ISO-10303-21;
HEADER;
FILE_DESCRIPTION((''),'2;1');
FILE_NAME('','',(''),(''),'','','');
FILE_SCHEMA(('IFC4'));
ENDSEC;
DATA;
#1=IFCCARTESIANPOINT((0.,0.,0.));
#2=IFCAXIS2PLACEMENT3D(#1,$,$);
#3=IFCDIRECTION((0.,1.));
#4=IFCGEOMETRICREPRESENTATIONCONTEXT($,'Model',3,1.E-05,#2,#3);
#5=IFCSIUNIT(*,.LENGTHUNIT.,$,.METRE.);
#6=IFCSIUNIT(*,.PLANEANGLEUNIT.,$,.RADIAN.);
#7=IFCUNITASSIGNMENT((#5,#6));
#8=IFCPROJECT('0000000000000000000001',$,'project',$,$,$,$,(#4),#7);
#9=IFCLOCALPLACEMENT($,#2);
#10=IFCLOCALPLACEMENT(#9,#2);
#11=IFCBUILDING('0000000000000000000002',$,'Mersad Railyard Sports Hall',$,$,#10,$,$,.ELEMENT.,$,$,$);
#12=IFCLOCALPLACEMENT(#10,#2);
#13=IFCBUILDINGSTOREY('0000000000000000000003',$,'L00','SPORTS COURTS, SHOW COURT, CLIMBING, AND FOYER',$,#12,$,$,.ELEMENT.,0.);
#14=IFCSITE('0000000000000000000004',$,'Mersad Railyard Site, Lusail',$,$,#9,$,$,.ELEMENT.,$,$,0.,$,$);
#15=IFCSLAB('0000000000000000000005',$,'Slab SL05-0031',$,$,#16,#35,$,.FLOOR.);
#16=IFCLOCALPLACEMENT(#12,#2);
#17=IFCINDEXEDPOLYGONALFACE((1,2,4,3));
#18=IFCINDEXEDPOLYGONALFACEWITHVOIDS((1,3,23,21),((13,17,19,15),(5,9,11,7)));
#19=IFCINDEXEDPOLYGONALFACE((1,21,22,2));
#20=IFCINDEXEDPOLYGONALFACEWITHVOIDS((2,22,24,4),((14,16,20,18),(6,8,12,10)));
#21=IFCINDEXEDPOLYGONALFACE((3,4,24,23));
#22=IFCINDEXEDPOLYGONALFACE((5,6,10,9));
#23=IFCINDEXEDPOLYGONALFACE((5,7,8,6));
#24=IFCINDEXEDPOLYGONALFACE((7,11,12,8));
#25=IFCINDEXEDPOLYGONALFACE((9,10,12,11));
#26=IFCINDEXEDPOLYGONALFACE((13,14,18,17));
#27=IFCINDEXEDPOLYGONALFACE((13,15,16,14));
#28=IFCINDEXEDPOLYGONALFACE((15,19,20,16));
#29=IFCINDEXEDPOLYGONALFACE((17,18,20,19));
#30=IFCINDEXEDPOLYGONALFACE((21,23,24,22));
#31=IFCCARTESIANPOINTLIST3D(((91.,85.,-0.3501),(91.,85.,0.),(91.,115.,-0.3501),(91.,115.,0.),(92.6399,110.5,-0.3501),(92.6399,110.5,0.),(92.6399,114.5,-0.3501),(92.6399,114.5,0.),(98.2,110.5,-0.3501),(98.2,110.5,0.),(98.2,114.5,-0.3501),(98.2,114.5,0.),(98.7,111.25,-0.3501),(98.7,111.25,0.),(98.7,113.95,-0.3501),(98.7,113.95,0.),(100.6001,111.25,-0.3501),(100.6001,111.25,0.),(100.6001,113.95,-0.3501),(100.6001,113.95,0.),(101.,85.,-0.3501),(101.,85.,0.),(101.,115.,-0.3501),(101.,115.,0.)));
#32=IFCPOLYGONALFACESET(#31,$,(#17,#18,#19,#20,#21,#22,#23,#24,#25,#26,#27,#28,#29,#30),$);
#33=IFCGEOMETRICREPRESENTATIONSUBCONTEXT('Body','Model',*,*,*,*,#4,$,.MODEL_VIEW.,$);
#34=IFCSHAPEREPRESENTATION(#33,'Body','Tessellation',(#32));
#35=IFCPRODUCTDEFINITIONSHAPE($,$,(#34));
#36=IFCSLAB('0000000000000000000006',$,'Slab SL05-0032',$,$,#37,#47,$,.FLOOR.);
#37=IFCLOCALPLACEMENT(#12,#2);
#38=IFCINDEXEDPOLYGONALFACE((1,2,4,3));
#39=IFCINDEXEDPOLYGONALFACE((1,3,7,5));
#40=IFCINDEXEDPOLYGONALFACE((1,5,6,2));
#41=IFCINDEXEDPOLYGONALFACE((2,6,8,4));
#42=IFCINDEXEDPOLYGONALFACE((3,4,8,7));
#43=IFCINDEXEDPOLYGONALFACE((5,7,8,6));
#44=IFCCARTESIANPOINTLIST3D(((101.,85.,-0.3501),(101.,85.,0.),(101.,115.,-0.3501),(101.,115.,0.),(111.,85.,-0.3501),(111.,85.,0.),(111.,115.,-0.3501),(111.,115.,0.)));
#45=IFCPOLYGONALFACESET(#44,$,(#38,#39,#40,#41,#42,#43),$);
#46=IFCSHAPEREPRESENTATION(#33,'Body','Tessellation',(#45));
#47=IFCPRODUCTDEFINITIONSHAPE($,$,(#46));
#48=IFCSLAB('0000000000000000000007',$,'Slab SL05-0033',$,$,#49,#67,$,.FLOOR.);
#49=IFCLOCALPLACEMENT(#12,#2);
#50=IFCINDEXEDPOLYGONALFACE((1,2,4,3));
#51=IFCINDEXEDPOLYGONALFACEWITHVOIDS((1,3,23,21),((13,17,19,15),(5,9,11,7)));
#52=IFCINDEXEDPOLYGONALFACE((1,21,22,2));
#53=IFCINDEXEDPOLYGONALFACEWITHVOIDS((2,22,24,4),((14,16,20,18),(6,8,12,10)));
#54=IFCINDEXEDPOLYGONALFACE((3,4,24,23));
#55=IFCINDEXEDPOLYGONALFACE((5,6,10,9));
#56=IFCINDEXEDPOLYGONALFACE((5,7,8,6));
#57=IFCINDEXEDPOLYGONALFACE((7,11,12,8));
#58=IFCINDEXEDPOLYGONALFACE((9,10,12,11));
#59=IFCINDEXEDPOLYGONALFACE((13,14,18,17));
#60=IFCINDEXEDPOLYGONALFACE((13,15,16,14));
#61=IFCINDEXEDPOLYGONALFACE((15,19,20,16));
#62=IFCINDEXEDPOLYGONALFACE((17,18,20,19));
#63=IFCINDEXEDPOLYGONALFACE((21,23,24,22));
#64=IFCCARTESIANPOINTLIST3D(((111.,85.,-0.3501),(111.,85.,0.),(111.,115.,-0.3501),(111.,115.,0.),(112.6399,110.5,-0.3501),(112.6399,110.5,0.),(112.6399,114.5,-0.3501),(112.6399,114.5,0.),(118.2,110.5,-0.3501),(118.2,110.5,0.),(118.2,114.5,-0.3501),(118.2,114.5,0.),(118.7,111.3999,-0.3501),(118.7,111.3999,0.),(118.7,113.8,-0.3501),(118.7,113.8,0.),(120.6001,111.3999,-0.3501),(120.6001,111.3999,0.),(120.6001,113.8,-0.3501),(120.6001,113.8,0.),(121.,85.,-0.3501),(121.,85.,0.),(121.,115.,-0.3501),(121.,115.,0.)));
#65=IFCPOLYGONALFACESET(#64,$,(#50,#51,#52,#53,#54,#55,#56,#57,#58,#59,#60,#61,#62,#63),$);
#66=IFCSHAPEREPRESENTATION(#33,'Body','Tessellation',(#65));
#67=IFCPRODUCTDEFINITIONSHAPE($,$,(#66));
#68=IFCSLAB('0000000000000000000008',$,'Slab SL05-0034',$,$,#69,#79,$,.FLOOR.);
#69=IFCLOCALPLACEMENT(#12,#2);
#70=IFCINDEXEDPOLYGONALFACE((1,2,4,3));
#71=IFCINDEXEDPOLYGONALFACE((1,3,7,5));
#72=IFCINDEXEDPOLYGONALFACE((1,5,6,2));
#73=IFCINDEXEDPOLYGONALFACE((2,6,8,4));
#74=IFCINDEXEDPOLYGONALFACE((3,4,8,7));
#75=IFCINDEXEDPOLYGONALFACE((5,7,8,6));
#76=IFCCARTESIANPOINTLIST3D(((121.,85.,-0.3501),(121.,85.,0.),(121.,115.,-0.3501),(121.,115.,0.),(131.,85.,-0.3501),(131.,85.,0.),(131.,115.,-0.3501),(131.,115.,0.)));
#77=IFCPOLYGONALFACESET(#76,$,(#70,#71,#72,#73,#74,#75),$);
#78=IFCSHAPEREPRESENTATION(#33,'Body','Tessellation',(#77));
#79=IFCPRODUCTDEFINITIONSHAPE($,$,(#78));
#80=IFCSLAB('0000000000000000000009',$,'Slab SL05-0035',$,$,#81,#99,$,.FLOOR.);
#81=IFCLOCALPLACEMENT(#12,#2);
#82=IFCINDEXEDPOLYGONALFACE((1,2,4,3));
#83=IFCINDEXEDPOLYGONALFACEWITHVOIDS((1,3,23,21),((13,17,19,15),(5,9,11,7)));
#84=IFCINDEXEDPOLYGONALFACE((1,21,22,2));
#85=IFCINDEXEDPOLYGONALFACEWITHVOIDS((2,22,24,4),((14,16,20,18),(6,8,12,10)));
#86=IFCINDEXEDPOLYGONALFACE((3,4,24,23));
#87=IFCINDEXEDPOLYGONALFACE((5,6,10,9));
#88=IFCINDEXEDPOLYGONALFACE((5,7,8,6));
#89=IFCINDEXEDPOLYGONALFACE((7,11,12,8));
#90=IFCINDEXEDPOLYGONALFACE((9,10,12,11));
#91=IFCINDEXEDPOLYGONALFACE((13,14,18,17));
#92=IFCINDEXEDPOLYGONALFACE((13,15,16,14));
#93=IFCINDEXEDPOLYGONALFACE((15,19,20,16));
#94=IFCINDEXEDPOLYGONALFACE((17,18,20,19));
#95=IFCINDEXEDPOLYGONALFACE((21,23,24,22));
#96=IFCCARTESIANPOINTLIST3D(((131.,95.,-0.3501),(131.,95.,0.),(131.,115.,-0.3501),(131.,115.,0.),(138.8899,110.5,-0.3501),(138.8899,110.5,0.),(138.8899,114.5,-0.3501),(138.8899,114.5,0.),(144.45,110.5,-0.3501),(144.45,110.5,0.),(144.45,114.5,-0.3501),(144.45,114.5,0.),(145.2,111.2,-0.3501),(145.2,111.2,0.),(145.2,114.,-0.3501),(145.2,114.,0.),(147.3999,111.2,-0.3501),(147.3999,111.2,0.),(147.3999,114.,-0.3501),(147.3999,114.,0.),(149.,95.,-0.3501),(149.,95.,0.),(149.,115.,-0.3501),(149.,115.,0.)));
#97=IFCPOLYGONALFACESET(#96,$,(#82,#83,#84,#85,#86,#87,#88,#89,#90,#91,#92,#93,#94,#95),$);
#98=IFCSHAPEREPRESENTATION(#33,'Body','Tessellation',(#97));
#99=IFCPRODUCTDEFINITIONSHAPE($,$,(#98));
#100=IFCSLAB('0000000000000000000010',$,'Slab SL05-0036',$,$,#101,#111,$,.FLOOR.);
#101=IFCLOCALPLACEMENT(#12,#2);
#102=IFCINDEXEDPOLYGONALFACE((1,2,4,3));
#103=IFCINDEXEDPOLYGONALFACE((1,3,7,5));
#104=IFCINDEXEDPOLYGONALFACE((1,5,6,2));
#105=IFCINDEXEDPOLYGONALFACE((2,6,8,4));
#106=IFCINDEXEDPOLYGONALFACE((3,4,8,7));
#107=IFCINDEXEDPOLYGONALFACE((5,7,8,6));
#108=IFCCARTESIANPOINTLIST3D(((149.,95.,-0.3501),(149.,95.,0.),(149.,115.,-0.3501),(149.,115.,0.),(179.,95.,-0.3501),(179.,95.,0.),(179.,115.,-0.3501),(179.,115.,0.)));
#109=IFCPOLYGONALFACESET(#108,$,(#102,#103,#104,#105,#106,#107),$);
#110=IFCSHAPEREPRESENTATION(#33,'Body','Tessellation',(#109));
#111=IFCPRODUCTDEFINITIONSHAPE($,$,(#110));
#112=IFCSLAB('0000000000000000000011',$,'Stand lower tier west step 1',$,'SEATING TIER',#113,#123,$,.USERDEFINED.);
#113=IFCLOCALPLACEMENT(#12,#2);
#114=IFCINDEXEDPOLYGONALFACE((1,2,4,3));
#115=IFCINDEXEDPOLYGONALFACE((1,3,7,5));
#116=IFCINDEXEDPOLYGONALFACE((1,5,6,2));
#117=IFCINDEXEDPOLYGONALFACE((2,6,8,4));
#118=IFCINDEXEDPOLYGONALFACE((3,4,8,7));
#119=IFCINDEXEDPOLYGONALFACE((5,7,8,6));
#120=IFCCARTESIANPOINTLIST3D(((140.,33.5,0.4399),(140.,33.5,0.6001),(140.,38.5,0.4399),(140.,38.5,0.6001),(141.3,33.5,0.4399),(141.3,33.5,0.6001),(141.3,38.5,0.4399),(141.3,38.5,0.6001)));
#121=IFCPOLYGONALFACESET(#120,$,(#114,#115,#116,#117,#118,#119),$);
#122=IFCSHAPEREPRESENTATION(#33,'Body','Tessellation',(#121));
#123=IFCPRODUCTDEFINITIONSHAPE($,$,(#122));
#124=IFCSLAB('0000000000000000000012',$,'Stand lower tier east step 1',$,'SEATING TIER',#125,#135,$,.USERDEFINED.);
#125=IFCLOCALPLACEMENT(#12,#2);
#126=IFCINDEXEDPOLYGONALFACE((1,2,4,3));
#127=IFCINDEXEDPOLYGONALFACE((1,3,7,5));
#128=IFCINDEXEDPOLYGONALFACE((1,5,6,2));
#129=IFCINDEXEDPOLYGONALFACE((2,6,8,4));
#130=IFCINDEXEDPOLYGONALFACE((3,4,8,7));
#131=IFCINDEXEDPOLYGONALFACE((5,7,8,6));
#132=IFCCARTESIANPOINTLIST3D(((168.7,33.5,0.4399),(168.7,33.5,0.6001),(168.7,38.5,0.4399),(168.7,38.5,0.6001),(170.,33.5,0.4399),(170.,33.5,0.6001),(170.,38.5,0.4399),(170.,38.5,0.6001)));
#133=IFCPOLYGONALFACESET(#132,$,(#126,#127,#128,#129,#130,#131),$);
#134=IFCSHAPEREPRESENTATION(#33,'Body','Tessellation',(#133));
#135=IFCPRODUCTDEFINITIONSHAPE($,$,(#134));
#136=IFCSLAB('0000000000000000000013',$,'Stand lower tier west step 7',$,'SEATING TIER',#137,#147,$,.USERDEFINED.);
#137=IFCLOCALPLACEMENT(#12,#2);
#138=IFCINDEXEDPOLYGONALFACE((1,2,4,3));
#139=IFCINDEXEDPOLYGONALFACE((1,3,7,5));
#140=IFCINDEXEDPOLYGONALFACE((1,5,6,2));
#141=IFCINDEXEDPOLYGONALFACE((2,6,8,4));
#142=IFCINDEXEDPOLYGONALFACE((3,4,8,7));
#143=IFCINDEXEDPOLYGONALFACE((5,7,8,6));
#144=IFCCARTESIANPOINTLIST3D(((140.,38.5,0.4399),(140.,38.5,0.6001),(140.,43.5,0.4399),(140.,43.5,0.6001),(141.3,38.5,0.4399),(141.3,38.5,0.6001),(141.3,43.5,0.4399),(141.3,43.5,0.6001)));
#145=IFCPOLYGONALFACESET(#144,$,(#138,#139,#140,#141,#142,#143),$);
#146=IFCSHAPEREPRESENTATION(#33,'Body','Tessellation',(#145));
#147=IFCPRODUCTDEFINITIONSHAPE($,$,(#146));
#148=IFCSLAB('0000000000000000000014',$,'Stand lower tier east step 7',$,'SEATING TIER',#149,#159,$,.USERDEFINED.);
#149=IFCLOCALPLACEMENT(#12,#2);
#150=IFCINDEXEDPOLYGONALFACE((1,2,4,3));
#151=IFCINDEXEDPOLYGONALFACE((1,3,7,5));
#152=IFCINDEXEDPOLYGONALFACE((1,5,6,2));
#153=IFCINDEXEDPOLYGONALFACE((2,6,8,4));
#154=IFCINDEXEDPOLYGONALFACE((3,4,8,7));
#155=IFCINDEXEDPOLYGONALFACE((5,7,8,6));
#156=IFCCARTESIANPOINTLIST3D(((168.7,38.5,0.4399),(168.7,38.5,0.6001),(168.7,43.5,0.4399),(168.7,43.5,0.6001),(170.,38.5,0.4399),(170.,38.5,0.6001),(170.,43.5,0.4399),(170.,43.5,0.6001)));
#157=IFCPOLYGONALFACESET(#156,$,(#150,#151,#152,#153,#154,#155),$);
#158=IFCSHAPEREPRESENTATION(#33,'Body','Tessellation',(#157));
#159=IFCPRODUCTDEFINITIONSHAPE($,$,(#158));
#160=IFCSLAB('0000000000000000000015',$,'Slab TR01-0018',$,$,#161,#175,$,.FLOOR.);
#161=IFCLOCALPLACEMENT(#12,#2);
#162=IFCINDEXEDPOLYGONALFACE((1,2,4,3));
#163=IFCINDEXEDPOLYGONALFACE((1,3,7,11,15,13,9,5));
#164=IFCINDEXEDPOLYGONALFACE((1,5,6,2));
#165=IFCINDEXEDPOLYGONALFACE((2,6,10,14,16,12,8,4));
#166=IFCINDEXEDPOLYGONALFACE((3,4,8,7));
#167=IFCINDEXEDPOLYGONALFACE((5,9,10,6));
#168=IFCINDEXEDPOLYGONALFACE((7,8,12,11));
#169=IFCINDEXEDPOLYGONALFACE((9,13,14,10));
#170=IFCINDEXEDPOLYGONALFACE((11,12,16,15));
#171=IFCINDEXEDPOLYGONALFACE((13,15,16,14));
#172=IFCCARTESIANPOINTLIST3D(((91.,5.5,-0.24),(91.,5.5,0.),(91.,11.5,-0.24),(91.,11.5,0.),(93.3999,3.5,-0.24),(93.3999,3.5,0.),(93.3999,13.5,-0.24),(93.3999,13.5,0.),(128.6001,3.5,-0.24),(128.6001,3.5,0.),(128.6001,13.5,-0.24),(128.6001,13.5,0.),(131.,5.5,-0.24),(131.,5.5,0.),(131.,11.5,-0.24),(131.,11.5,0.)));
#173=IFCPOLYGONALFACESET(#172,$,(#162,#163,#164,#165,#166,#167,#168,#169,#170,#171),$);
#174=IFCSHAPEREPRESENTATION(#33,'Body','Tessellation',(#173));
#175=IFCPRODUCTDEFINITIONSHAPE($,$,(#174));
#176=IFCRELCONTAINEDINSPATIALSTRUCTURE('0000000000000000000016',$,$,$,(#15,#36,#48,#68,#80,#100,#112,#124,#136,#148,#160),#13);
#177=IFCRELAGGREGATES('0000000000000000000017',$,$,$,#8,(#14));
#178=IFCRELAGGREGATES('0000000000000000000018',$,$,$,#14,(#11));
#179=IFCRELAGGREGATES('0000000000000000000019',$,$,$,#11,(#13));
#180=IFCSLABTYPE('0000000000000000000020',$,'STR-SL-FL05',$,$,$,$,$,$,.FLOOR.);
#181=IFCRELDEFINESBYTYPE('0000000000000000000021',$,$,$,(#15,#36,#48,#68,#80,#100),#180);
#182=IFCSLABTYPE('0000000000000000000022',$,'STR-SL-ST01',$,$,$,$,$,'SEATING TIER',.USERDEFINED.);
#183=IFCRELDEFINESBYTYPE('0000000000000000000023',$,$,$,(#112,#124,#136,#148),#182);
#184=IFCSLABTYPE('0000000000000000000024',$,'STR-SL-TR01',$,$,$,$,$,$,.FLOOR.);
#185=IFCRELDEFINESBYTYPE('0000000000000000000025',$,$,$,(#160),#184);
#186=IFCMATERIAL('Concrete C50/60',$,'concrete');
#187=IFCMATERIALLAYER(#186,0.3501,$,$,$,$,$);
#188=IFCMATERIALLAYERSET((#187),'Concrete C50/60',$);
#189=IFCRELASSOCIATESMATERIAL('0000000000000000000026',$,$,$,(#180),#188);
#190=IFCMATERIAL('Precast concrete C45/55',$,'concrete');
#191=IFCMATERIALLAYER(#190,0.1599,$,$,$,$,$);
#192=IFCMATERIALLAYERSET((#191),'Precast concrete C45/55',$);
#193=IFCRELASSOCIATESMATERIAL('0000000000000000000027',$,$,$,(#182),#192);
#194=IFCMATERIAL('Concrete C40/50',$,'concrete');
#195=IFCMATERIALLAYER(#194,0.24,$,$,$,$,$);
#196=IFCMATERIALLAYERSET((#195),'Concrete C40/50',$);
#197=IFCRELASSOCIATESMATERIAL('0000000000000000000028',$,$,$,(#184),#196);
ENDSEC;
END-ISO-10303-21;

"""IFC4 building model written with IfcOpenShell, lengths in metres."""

from ifc_helpers import new_model, si_unit, direction, frame, origin, place, context, subcontext, project, spatial, polyline, outline, extrude, material, layer, layer_set, type_object, element, save


model = new_model("IFC4")

# Units and contexts
model_context = context("Model", 3, precision=1e-05, world=origin(), true_north=direction((0.0, 1.0)))
body_context = subcontext(model_context, "Body", "Model", "MODEL_VIEW")
ifc_project = project(units=[si_unit("LENGTHUNIT", "METRE"), si_unit("PLANEANGLEUNIT", "RADIAN")], contexts=[model_context])

# Site, building, storey
site_placement = place(None, origin())
site = spatial("IfcSite", under=ifc_project, at=site_placement, Name="Mersad Railyard Site, Lusail", CompositionType="ELEMENT", RefElevation=0.0)
building_placement = place(site_placement, origin())
building = spatial("IfcBuilding", under=site, at=building_placement, Name="Mersad Railyard Sports Hall", CompositionType="ELEMENT")
storey_placement = place(building_placement, origin())
storey = spatial("IfcBuildingStorey", under=building, at=storey_placement, Name="L00", Description="SPORTS COURTS, SHOW COURT, CLIMBING, AND FOYER", CompositionType="ELEMENT", Elevation=0.0)

# Slabs
ifc_material_1 = material(Name="Concrete C40/50", Category="concrete")
ifc_material_2 = material(Name="Concrete C50/60", Category="concrete")
ifc_layer_1 = layer(ifc_material_2, 0.3501)
ifc_layer_set_1 = layer_set([ifc_layer_1], Name="Concrete C50/60")
slab_type_1 = type_object("IfcSlabType", Name="STR-SL-FL05", PredefinedType="FLOOR", material=ifc_layer_set_1)
slab_1_placement = place(storey_placement, frame((0.0, 0.0, -0.3501)))
element("IfcSlab", 1, at=slab_1_placement, inside=storey, type_object=slab_type_1, Name="Slab SL05-0031", PredefinedType="FLOOR", context=body_context, shape_type="SweptSolid", body=[
    extrude(outline(polyline([(91.0, 85.0), (101.0, 85.0), (101.0, 115.0), (91.0, 115.0), (91.0, 85.0)]), holes=[polyline([(92.6399, 110.5), (98.2, 110.5), (98.2, 114.5), (92.6399, 114.5), (92.6399, 110.5)]), polyline([(98.7, 111.25), (100.6001, 111.25), (100.6001, 113.95), (98.7, 113.95), (98.7, 111.25)])]), origin(), (0.0, 0.0, 1.0), 0.3501),
])
slab_2_placement = place(storey_placement, frame((0.0, 0.0, -0.3501)))
element("IfcSlab", 2, at=slab_2_placement, inside=storey, type_object=slab_type_1, Name="Slab SL05-0032", PredefinedType="FLOOR", context=body_context, shape_type="SweptSolid", body=[
    extrude(outline(polyline([(101.0, 85.0), (111.0, 85.0), (111.0, 115.0), (101.0, 115.0), (101.0, 85.0)])), origin(), (0.0, 0.0, 1.0), 0.3501),
])
slab_3_placement = place(storey_placement, frame((0.0, 0.0, -0.3501)))
element("IfcSlab", 3, at=slab_3_placement, inside=storey, type_object=slab_type_1, Name="Slab SL05-0033", PredefinedType="FLOOR", context=body_context, shape_type="SweptSolid", body=[
    extrude(outline(polyline([(111.0, 85.0), (121.0, 85.0), (121.0, 115.0), (111.0, 115.0), (111.0, 85.0)]), holes=[polyline([(112.6399, 110.5), (118.2, 110.5), (118.2, 114.5), (112.6399, 114.5), (112.6399, 110.5)]), polyline([(118.7, 111.3999), (120.6001, 111.3999), (120.6001, 113.8), (118.7, 113.8), (118.7, 111.3999)])]), origin(), (0.0, 0.0, 1.0), 0.3501),
])
slab_4_placement = place(storey_placement, frame((0.0, 0.0, -0.3501)))
element("IfcSlab", 4, at=slab_4_placement, inside=storey, type_object=slab_type_1, Name="Slab SL05-0034", PredefinedType="FLOOR", context=body_context, shape_type="SweptSolid", body=[
    extrude(outline(polyline([(121.0, 85.0), (131.0, 85.0), (131.0, 115.0), (121.0, 115.0), (121.0, 85.0)])), origin(), (0.0, 0.0, 1.0), 0.3501),
])
slab_5_placement = place(storey_placement, frame((0.0, 0.0, -0.3501)))
element("IfcSlab", 5, at=slab_5_placement, inside=storey, type_object=slab_type_1, Name="Slab SL05-0035", PredefinedType="FLOOR", context=body_context, shape_type="SweptSolid", body=[
    extrude(outline(polyline([(131.0, 95.0), (149.0, 95.0), (149.0, 115.0), (131.0, 115.0), (131.0, 95.0)]), holes=[polyline([(138.8899, 110.5), (144.45, 110.5), (144.45, 114.5), (138.8899, 114.5), (138.8899, 110.5)]), polyline([(145.2, 111.2), (147.3999, 111.2), (147.3999, 114.0), (145.2, 114.0), (145.2, 111.2)])]), origin(), (0.0, 0.0, 1.0), 0.3501),
])
slab_6_placement = place(storey_placement, frame((0.0, 0.0, -0.3501)))
element("IfcSlab", 6, at=slab_6_placement, inside=storey, type_object=slab_type_1, Name="Slab SL05-0036", PredefinedType="FLOOR", context=body_context, shape_type="SweptSolid", body=[
    extrude(outline(polyline([(149.0, 95.0), (179.0, 95.0), (179.0, 115.0), (149.0, 115.0), (149.0, 95.0)])), origin(), (0.0, 0.0, 1.0), 0.3501),
])
ifc_material_3 = material(Name="Precast concrete C45/55", Category="concrete")
ifc_layer_2 = layer(ifc_material_3, 0.1599)
ifc_layer_set_2 = layer_set([ifc_layer_2], Name="Precast concrete C45/55")
slab_type_2 = type_object("IfcSlabType", Name="STR-SL-ST01", ElementType="SEATING TIER", PredefinedType="USERDEFINED", material=ifc_layer_set_2)
slab_7_placement = place(storey_placement, frame((0.0, 0.0, 0.4399)))
element("IfcSlab", 7, at=slab_7_placement, inside=storey, type_object=slab_type_2, Name="Stand lower tier west step 1", ObjectType="SEATING TIER", PredefinedType="USERDEFINED", context=body_context, shape_type="SweptSolid", body=[
    extrude(outline(polyline([(140.0, 33.5), (141.3, 33.5), (141.3, 38.5), (140.0, 38.5), (140.0, 33.5)])), origin(), (0.0, 0.0, 1.0), 0.1602),
])
slab_8_placement = place(storey_placement, frame((0.0, 0.0, 0.4399)))
element("IfcSlab", 8, at=slab_8_placement, inside=storey, type_object=slab_type_2, Name="Stand lower tier east step 1", ObjectType="SEATING TIER", PredefinedType="USERDEFINED", context=body_context, shape_type="SweptSolid", body=[
    extrude(outline(polyline([(168.7, 33.5), (170.0, 33.5), (170.0, 38.5), (168.7, 38.5), (168.7, 33.5)])), origin(), (0.0, 0.0, 1.0), 0.1602),
])
slab_9_placement = place(storey_placement, frame((0.0, 0.0, 0.4399)))
element("IfcSlab", 9, at=slab_9_placement, inside=storey, type_object=slab_type_2, Name="Stand lower tier west step 7", ObjectType="SEATING TIER", PredefinedType="USERDEFINED", context=body_context, shape_type="SweptSolid", body=[
    extrude(outline(polyline([(140.0, 38.5), (141.3, 38.5), (141.3, 43.5), (140.0, 43.5), (140.0, 38.5)])), origin(), (0.0, 0.0, 1.0), 0.1602),
])
slab_10_placement = place(storey_placement, frame((0.0, 0.0, 0.4399)))
element("IfcSlab", 10, at=slab_10_placement, inside=storey, type_object=slab_type_2, Name="Stand lower tier east step 7", ObjectType="SEATING TIER", PredefinedType="USERDEFINED", context=body_context, shape_type="SweptSolid", body=[
    extrude(outline(polyline([(168.7, 38.5), (170.0, 38.5), (170.0, 43.5), (168.7, 43.5), (168.7, 38.5)])), origin(), (0.0, 0.0, 1.0), 0.1602),
])
ifc_layer_3 = layer(ifc_material_1, 0.24)
ifc_layer_set_3 = layer_set([ifc_layer_3], Name="Concrete C40/50")
slab_type_3 = type_object("IfcSlabType", Name="STR-SL-TR01", PredefinedType="FLOOR", material=ifc_layer_set_3)
slab_11_placement = place(storey_placement, frame((0.0, 0.0, -0.24)))
element("IfcSlab", 11, at=slab_11_placement, inside=storey, type_object=slab_type_3, Name="Slab TR01-0018", PredefinedType="FLOOR", context=body_context, shape_type="SweptSolid", body=[
    extrude(outline(polyline([(93.3999, 3.5), (128.6001, 3.5), (131.0, 5.5), (131.0, 11.5), (128.6001, 13.5), (93.3999, 13.5), (91.0, 11.5), (91.0, 5.5), (93.3999, 3.5)])), origin(), (0.0, 0.0, 1.0), 0.24),
])

save(model, "model.ifc")
